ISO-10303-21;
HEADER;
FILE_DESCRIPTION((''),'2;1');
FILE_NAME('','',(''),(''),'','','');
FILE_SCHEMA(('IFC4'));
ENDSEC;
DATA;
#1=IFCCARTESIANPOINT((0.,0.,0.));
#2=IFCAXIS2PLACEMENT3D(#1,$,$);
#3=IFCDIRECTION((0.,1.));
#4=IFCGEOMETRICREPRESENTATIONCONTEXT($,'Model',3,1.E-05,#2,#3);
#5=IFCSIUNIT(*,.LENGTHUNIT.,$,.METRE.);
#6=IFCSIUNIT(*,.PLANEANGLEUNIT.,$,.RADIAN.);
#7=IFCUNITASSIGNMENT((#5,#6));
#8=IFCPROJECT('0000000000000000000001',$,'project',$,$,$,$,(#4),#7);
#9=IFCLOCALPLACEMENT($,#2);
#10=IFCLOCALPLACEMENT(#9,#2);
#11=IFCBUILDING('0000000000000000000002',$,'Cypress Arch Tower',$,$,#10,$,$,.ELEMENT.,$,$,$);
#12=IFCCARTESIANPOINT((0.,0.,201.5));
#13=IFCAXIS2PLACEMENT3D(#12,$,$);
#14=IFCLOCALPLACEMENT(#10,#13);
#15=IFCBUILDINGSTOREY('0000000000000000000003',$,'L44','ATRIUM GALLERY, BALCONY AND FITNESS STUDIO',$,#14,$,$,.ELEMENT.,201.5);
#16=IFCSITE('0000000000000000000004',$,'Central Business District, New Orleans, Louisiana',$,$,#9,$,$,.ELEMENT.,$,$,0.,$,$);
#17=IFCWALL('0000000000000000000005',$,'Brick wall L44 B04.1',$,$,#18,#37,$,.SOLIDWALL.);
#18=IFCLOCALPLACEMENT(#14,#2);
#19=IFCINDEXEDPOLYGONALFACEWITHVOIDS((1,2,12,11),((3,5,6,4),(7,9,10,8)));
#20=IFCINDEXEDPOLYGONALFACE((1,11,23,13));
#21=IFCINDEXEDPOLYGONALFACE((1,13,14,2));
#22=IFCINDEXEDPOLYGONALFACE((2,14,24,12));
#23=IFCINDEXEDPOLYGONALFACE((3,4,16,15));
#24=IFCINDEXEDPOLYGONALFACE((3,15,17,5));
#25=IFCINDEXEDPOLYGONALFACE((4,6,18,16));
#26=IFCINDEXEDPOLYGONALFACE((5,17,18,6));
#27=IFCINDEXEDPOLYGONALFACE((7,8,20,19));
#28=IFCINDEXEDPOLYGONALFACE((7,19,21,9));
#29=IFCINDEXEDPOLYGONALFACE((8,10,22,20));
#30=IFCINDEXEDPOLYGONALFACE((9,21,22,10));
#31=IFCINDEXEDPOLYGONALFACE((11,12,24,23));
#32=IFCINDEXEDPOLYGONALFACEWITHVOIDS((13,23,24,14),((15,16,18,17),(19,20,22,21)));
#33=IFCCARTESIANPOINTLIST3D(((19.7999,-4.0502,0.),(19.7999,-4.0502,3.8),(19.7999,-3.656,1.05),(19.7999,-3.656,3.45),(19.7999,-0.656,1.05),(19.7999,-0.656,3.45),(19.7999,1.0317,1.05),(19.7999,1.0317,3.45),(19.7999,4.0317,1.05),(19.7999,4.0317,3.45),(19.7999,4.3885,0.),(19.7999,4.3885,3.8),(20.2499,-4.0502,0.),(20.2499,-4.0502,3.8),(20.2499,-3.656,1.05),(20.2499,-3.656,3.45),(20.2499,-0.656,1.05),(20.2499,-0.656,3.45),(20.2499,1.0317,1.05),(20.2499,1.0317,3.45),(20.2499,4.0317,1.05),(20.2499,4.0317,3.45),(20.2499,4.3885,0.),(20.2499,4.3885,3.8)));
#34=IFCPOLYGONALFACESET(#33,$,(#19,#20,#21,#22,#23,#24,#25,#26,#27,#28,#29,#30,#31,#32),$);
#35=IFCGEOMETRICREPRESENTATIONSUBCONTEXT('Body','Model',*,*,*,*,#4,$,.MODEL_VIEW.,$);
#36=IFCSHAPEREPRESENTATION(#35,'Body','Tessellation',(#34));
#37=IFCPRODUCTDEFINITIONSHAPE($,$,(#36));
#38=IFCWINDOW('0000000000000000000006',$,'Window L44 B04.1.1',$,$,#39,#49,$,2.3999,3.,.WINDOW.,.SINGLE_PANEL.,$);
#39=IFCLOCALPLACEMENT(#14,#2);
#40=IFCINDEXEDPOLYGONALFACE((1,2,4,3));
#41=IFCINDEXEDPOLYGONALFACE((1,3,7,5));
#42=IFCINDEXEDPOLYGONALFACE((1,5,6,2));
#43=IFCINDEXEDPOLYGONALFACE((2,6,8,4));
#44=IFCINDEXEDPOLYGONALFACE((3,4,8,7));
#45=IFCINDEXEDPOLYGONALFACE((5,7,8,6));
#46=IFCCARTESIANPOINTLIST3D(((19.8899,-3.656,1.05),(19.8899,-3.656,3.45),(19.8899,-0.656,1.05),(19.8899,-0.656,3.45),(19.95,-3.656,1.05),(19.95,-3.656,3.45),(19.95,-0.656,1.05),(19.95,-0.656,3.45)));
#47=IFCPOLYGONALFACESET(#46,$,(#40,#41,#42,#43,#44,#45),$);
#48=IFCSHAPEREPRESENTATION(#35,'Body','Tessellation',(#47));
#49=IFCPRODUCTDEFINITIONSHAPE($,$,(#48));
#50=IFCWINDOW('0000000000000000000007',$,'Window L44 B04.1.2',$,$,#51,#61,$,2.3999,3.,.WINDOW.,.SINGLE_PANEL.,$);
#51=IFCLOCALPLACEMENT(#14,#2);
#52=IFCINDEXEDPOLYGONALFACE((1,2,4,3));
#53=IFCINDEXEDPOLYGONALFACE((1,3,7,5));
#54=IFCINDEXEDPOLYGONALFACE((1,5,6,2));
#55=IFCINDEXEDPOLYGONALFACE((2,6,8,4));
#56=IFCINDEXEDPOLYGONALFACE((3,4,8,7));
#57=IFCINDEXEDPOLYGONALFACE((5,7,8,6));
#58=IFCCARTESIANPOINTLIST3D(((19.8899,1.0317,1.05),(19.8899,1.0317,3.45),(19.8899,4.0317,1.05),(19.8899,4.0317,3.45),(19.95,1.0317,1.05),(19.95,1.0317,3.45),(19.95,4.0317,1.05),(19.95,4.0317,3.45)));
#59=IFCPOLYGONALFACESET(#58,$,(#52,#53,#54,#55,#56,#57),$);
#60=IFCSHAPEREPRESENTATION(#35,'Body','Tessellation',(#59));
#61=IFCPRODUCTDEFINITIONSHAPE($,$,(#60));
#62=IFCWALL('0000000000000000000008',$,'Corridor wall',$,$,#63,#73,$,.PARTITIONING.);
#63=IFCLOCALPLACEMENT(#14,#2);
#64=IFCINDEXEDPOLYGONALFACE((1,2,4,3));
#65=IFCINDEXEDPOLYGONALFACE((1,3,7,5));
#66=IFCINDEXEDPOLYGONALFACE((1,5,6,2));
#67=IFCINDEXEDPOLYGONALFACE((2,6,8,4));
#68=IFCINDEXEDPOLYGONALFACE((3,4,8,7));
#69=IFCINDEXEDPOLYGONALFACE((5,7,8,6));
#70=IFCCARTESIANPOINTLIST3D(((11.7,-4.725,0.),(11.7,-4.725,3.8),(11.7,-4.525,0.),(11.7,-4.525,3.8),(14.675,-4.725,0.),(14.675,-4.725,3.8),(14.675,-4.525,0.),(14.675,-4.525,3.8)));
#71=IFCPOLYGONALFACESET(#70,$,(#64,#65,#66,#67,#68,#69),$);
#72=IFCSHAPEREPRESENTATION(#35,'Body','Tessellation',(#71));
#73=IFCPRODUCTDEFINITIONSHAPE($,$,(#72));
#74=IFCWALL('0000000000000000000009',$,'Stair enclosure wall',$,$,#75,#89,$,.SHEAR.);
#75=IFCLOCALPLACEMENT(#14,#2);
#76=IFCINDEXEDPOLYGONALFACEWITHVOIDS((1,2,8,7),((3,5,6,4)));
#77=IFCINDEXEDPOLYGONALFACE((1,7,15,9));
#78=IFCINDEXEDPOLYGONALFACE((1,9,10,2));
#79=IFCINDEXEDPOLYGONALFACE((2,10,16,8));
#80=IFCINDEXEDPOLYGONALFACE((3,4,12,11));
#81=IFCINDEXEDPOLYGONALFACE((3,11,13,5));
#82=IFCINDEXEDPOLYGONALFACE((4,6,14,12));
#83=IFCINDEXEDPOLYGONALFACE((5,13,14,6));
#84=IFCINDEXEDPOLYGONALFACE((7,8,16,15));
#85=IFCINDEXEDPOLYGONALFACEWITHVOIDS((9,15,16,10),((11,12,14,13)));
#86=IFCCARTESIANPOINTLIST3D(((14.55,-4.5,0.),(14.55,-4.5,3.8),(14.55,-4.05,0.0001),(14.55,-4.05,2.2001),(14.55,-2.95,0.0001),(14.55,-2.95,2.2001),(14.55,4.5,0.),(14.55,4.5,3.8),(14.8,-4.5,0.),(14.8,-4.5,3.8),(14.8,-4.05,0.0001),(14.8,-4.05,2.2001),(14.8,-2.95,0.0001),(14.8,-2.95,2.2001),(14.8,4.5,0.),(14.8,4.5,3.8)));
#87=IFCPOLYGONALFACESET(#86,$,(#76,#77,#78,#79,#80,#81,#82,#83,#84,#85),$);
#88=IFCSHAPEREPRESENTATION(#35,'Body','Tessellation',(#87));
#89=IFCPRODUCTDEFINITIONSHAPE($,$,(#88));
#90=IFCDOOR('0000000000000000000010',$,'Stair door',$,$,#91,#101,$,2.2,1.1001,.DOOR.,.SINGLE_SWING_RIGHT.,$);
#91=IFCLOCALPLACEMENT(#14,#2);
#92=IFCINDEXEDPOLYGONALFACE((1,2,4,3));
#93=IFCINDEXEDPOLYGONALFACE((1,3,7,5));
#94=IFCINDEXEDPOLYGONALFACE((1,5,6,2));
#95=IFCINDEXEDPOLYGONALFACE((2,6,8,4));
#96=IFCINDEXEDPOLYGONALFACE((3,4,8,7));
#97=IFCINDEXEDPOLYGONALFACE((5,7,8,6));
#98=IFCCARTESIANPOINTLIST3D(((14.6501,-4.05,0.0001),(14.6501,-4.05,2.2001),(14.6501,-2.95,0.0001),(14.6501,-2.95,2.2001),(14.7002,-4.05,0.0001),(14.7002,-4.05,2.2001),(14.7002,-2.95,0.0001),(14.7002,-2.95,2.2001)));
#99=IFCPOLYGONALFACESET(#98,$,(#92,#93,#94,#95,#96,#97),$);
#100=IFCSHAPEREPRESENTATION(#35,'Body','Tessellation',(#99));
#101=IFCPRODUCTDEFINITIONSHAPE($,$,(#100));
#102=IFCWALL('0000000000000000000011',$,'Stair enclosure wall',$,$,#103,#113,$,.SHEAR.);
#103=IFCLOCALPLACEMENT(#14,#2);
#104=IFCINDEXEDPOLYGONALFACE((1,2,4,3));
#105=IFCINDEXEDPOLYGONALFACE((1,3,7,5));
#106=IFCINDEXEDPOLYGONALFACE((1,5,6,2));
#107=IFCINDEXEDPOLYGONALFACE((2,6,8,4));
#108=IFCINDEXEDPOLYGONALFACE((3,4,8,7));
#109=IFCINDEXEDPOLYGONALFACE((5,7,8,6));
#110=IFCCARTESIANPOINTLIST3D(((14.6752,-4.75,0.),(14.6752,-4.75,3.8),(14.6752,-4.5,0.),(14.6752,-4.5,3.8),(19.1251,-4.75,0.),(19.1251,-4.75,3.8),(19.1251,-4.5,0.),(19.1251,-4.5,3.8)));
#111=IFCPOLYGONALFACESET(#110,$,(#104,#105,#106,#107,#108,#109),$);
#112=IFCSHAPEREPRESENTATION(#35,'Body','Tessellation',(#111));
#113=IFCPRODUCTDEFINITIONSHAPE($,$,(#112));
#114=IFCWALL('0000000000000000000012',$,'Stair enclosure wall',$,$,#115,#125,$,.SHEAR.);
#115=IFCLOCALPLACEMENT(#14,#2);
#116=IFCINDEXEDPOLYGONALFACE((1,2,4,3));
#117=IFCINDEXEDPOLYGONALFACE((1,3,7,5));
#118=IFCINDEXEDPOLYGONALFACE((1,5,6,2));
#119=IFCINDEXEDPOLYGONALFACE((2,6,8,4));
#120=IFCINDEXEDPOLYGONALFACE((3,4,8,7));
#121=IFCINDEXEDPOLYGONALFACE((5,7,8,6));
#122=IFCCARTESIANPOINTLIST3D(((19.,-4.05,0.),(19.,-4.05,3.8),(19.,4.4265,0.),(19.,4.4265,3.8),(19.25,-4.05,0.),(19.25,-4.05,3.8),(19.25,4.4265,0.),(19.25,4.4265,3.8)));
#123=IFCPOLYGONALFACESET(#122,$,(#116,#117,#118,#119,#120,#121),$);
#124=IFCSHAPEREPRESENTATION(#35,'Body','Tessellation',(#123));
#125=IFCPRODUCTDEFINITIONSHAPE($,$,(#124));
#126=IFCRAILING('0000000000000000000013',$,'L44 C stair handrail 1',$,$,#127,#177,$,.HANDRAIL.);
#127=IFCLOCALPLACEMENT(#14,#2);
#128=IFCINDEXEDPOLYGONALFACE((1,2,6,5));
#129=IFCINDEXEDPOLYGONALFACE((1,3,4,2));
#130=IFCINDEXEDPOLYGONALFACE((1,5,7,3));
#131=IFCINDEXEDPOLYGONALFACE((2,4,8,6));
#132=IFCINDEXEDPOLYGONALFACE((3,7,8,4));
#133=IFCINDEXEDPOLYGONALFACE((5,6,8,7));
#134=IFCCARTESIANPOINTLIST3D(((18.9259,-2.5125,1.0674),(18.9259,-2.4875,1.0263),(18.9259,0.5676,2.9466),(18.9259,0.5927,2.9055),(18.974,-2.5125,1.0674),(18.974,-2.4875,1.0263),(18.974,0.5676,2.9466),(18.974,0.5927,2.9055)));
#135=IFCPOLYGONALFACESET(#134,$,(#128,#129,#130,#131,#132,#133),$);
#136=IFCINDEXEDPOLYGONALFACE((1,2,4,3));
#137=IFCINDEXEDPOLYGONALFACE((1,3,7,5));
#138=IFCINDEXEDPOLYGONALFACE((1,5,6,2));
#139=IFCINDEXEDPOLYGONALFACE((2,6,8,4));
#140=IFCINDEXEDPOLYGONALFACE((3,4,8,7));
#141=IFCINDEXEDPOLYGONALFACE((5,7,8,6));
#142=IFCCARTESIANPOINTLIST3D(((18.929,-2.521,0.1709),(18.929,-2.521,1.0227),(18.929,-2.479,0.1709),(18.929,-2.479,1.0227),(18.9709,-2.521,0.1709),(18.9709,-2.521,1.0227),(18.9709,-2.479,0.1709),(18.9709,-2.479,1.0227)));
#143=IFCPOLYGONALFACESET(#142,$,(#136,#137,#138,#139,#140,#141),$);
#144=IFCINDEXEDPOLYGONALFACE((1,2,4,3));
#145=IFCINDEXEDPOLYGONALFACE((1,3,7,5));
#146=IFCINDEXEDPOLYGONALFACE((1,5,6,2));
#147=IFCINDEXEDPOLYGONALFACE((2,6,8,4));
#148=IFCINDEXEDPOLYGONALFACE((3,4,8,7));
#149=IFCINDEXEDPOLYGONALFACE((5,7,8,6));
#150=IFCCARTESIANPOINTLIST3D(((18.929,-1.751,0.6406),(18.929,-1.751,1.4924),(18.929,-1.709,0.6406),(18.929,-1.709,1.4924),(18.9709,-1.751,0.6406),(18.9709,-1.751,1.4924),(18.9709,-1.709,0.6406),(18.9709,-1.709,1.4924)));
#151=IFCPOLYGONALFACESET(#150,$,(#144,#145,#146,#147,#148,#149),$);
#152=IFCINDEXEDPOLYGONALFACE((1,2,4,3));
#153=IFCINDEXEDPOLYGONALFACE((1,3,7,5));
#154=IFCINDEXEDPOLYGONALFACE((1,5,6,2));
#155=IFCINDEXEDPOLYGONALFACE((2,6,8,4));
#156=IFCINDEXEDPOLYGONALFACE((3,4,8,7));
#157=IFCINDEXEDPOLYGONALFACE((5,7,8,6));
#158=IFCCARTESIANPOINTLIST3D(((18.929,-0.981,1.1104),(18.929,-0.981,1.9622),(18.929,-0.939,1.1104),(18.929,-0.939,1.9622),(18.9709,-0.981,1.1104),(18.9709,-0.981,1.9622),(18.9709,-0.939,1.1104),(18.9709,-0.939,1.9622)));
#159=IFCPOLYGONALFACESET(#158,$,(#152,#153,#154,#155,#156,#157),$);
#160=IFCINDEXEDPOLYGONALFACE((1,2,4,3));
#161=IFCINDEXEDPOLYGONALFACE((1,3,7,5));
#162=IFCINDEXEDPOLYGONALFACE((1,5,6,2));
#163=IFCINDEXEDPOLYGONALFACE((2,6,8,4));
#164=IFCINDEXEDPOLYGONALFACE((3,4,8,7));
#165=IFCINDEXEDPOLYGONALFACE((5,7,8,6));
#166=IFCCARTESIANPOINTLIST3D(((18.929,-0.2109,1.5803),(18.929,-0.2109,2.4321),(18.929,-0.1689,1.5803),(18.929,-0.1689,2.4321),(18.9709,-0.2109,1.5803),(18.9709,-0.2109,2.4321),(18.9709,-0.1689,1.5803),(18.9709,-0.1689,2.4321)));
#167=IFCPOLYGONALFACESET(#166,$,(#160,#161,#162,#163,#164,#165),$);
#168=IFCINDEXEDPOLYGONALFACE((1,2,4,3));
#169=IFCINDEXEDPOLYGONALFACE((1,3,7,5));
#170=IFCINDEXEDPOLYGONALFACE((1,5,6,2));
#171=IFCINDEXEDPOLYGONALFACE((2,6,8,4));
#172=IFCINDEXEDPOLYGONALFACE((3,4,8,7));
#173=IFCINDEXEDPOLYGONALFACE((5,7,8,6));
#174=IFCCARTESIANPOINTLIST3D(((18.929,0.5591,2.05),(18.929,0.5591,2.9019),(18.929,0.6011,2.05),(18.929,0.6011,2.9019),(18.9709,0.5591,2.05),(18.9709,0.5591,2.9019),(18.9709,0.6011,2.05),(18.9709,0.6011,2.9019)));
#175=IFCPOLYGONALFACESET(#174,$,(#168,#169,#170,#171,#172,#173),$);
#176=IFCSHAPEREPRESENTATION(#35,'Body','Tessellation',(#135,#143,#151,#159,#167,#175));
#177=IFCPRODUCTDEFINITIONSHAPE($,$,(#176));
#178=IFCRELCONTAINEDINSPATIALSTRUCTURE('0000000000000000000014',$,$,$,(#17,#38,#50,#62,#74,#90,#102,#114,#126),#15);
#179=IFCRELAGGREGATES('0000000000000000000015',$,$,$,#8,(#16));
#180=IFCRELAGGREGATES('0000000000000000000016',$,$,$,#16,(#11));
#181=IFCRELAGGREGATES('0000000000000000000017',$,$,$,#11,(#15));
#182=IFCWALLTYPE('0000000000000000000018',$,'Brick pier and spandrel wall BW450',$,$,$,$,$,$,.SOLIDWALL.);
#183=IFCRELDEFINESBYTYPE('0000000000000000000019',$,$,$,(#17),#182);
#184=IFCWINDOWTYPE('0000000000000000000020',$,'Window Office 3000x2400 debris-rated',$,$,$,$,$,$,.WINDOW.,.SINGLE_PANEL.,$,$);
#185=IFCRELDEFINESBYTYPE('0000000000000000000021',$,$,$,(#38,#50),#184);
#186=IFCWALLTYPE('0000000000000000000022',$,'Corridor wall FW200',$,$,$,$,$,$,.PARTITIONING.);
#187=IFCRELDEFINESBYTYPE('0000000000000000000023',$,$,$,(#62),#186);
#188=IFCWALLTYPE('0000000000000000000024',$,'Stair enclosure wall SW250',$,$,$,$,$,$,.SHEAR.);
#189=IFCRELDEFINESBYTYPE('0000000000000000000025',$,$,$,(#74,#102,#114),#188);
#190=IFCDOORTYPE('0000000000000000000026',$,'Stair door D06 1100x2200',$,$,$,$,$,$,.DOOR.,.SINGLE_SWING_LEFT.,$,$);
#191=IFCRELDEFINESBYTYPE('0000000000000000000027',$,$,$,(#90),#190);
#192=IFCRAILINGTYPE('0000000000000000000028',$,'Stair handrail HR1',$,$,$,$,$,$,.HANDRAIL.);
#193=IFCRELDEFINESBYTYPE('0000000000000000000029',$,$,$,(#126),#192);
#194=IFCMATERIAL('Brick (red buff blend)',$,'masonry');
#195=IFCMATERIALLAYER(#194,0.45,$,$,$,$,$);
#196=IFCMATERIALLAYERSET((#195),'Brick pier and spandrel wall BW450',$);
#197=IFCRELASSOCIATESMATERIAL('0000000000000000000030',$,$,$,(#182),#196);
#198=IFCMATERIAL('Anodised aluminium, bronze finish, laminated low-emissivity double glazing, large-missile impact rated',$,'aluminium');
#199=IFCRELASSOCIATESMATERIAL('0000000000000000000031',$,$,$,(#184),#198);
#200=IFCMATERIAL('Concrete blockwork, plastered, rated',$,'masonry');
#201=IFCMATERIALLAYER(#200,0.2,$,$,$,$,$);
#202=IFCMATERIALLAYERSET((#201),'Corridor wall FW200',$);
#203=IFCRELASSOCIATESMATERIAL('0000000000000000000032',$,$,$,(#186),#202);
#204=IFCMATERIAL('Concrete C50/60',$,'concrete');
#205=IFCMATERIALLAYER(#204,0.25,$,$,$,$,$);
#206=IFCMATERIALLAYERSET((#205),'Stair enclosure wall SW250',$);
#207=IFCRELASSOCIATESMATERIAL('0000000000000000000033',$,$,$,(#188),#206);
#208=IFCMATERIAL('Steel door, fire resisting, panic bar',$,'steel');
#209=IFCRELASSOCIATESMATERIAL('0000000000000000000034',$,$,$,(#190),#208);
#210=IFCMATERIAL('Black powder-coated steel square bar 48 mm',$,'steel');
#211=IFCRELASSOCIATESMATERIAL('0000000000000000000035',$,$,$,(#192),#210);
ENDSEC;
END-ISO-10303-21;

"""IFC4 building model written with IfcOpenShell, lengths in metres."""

from ifc_helpers import new_model, si_unit, direction, frame, frame_2d, origin, origin_2d, place, context, subcontext, project, spatial, rectangle, extrude, material, layer, layer_set, type_object, element, fill, save


model = new_model("IFC4")

# Units and contexts
model_context = context("Model", 3, precision=1e-05, world=origin(), true_north=direction((0.0, 1.0)))
body_context = subcontext(model_context, "Body", "Model", "MODEL_VIEW")
ifc_project = project(units=[si_unit("LENGTHUNIT", "METRE"), si_unit("PLANEANGLEUNIT", "RADIAN")], contexts=[model_context])

# Site, building, storey
site_placement = place(None, origin())
site = spatial("IfcSite", under=ifc_project, at=site_placement, Name="Central Business District, New Orleans, Louisiana", CompositionType="ELEMENT", RefElevation=0.0)
building_placement = place(site_placement, origin())
building = spatial("IfcBuilding", under=site, at=building_placement, Name="Cypress Arch Tower", CompositionType="ELEMENT")
storey_placement = place(building_placement, frame((0.0, 0.0, 201.5)))
storey = spatial("IfcBuildingStorey", under=building, at=storey_placement, Name="L44", Description="ATRIUM GALLERY, BALCONY AND FITNESS STUDIO", CompositionType="ELEMENT", Elevation=201.5)

# Wall, openings, windows
ifc_material_1 = material(Name="Brick (red buff blend)", Category="masonry")
ifc_layer_1 = layer(ifc_material_1, 0.45)
ifc_layer_set_1 = layer_set([ifc_layer_1], Name="Brick pier and spandrel wall BW450")
wall_type_1 = type_object("IfcWallType", Name="Brick pier and spandrel wall BW450", PredefinedType="SOLIDWALL", material=ifc_layer_set_1)
wall_1_placement = place(storey_placement, frame((20.0249, -4.05, 0.0), z_axis=(0.0, 0.0, 1.0), x_axis=(0.0, 1.0, 0.0)))
wall_1 = element("IfcWall", 1, at=wall_1_placement, inside=storey, type_object=wall_type_1, Name="Brick wall L44 B04.1", PredefinedType="SOLIDWALL", context=body_context, shape_type="SweptSolid", body=[
    extrude(rectangle(XDim=8.4387, YDim=0.45, at=frame_2d((4.2192, 0.0))), origin(), (0.0, 0.0, 1.0), 3.8),
])
opening_1_placement = place(wall_1_placement, frame((0.394, 0.0, 1.05)))
opening_1 = element("IfcOpeningElement", 2, at=opening_1_placement, cuts=wall_1, PredefinedType="OPENING", context=body_context, shape_type="SweptSolid", body=[
    extrude(rectangle(XDim=3.0, YDim=2.3999, at=frame_2d((1.5, 1.2))), frame((0.0, 0.2349, 0.0), z_axis=(0.0, -1.0, 0.0), x_axis=(1.0, 0.0, 0.0)), (0.0, 0.0, 1.0), 0.47),
])
opening_2_placement = place(wall_1_placement, frame((5.0818, 0.0, 1.05)))
opening_2 = element("IfcOpeningElement", 3, at=opening_2_placement, cuts=wall_1, PredefinedType="OPENING", context=body_context, shape_type="SweptSolid", body=[
    extrude(rectangle(XDim=3.0, YDim=2.3999, at=frame_2d((1.5, 1.2))), frame((0.0, 0.2349, 0.0), z_axis=(0.0, -1.0, 0.0), x_axis=(1.0, 0.0, 0.0)), (0.0, 0.0, 1.0), 0.47),
])
ifc_material_2 = material(Name="Anodised aluminium, bronze finish, laminated low-emissivity double glazing, large-missile impact rated", Category="aluminium")
window_type = type_object("IfcWindowType", Name="Window Office 3000x2400 debris-rated", PartitioningType="SINGLE_PANEL", PredefinedType="WINDOW", material=ifc_material_2)
window_1_placement = place(opening_1_placement, origin())
window_1 = element("IfcWindow", 4, at=window_1_placement, inside=storey, type_object=window_type, Name="Window L44 B04.1.1", OverallHeight=2.3999, OverallWidth=3.0, PartitioningType="SINGLE_PANEL", PredefinedType="WINDOW", context=body_context, shape_type="SweptSolid", body=[
    extrude(rectangle(XDim=3.0, YDim=2.3999, at=frame_2d((1.5, 1.2))), frame((0.0, 0.135, 0.0), z_axis=(0.0, -1.0, 0.0), x_axis=(1.0, 0.0, 0.0)), (0.0, 0.0, 1.0), 0.0601),
])
fill(opening_1, window_1)
window_2_placement = place(opening_2_placement, origin())
window_2 = element("IfcWindow", 5, at=window_2_placement, inside=storey, type_object=window_type, Name="Window L44 B04.1.2", OverallHeight=2.3999, OverallWidth=3.0, PartitioningType="SINGLE_PANEL", PredefinedType="WINDOW", context=body_context, shape_type="SweptSolid", body=[
    extrude(rectangle(XDim=3.0, YDim=2.3999, at=frame_2d((1.5, 1.2))), frame((0.0, 0.135, 0.0), z_axis=(0.0, -1.0, 0.0), x_axis=(1.0, 0.0, 0.0)), (0.0, 0.0, 1.0), 0.0601),
])
fill(opening_2, window_2)

# Wall
ifc_material_3 = material(Name="Concrete blockwork, plastered, rated", Category="masonry")
ifc_layer_2 = layer(ifc_material_3, 0.2)
ifc_layer_set_2 = layer_set([ifc_layer_2], Name="Corridor wall FW200")
wall_type_2 = type_object("IfcWallType", Name="Corridor wall FW200", PredefinedType="PARTITIONING", material=ifc_layer_set_2)
wall_2_placement = place(storey_placement, frame((11.7, -4.625, 0.0), z_axis=(0.0, 0.0, 1.0), x_axis=(1.0, 0.0, 0.0)))
element("IfcWall", 6, at=wall_2_placement, inside=storey, type_object=wall_type_2, Name="Corridor wall", PredefinedType="PARTITIONING", context=body_context, shape_type="SweptSolid", body=[
    extrude(rectangle(XDim=2.9751, YDim=0.2, at=frame_2d((1.4875, 0.0))), origin(), (0.0, 0.0, 1.0), 3.8),
])

# Wall, opening, door
ifc_material_4 = material(Name="Concrete C50/60", Category="concrete")
ifc_layer_3 = layer(ifc_material_4, 0.25)
ifc_layer_set_3 = layer_set([ifc_layer_3], Name="Stair enclosure wall SW250")
wall_type_3 = type_object("IfcWallType", Name="Stair enclosure wall SW250", PredefinedType="SHEAR", material=ifc_layer_set_3)
wall_3_placement = place(storey_placement, frame((14.675, -4.5, 0.0), z_axis=(0.0, 0.0, 1.0), x_axis=(0.0, 1.0, 0.0)))
wall_3 = element("IfcWall", 7, at=wall_3_placement, inside=storey, type_object=wall_type_3, Name="Stair enclosure wall", PredefinedType="SHEAR", context=body_context, shape_type="SweptSolid", body=[
    extrude(rectangle(XDim=9.0, YDim=0.25, at=frame_2d((4.5, 0.0))), origin(), (0.0, 0.0, 1.0), 3.8),
])
opening_3_placement = place(wall_3_placement, frame((0.45, 0.0, 0.0)))
opening_3 = element("IfcOpeningElement", 8, at=opening_3_placement, cuts=wall_3, PredefinedType="OPENING", context=body_context, shape_type="SweptSolid", body=[
    extrude(rectangle(XDim=1.1001, YDim=2.2, at=frame_2d((0.55, 1.1001))), frame((0.0, 0.135, 0.0), z_axis=(0.0, -1.0, 0.0), x_axis=(1.0, 0.0, 0.0)), (0.0, 0.0, 1.0), 0.27),
])
ifc_material_5 = material(Name="Steel door, fire resisting, panic bar", Category="steel")
door_type = type_object("IfcDoorType", Name="Stair door D06 1100x2200", OperationType="SINGLE_SWING_LEFT", PredefinedType="DOOR", material=ifc_material_5)
door_placement = place(opening_3_placement, origin())
door = element("IfcDoor", 9, at=door_placement, inside=storey, type_object=door_type, Name="Stair door", OperationType="SINGLE_SWING_RIGHT", OverallHeight=2.2, OverallWidth=1.1001, PredefinedType="DOOR", context=body_context, shape_type="SweptSolid", body=[
    extrude(rectangle(XDim=1.1001, YDim=2.2, at=frame_2d((0.55, 1.1001))), frame((0.0, 0.0249, 0.0), z_axis=(0.0, -1.0, 0.0), x_axis=(1.0, 0.0, 0.0)), (0.0, 0.0, 1.0), 0.05),
])
fill(opening_3, door)

# Walls
wall_4_placement = place(storey_placement, frame((14.675, -4.625, 0.0), z_axis=(0.0, 0.0, 1.0), x_axis=(1.0, 0.0, 0.0)))
element("IfcWall", 10, at=wall_4_placement, inside=storey, type_object=wall_type_3, Name="Stair enclosure wall", PredefinedType="SHEAR", context=body_context, shape_type="SweptSolid", body=[
    extrude(rectangle(XDim=4.45, YDim=0.25, at=frame_2d((2.2251, 0.0))), origin(), (0.0, 0.0, 1.0), 3.8),
])
wall_5_placement = place(storey_placement, frame((19.125, -4.05, 0.0), z_axis=(0.0, 0.0, 1.0), x_axis=(0.0, 1.0, 0.0)))
element("IfcWall", 11, at=wall_5_placement, inside=storey, type_object=wall_type_3, Name="Stair enclosure wall", PredefinedType="SHEAR", context=body_context, shape_type="SweptSolid", body=[
    extrude(rectangle(XDim=8.4766, YDim=0.25, at=frame_2d((4.2383, 0.0))), origin(), (0.0, 0.0, 1.0), 3.8),
])

# Railing
ifc_material_6 = material(Name="Black powder-coated steel square bar 48 mm", Category="steel")
railing_type_1 = type_object("IfcRailingType", Name="Stair handrail HR1", PredefinedType="HANDRAIL", material=ifc_material_6)
railing_1_placement = place(storey_placement, frame((18.95, -2.5, 0.1709)))
element("IfcRailing", 12, at=railing_1_placement, inside=storey, type_object=railing_type_1, Name="L44 C stair handrail 1", PredefinedType="HANDRAIL", context=body_context, shape_type="SweptSolid", body=[
    extrude(rectangle(XDim=0.0481, YDim=0.0481, at=origin_2d()), frame((0.0, 0.0, 0.876), z_axis=(0.0, 0.853666, 0.52082), x_axis=(-1.0, 0.0, 0.0)), (0.0, 0.0, 1.0), 3.6082),
    extrude(rectangle(XDim=0.042, YDim=0.042, at=origin_2d()), origin(), (0.0, 0.0, 1.0), 0.8518),
    extrude(rectangle(XDim=0.042, YDim=0.042, at=origin_2d()), frame((0.0, 0.77, 0.4697)), (0.0, 0.0, 1.0), 0.8518),
    extrude(rectangle(XDim=0.042, YDim=0.042, at=origin_2d()), frame((0.0, 1.54, 0.9395)), (0.0, 0.0, 1.0), 0.8518),
    extrude(rectangle(XDim=0.042, YDim=0.042, at=origin_2d()), frame((0.0, 2.3101, 1.4094)), (0.0, 0.0, 1.0), 0.8518),
    extrude(rectangle(XDim=0.042, YDim=0.042, at=origin_2d()), frame((0.0, 3.0801, 1.8792)), (0.0, 0.0, 1.0), 0.8518),
])

save(model, "model.ifc")
